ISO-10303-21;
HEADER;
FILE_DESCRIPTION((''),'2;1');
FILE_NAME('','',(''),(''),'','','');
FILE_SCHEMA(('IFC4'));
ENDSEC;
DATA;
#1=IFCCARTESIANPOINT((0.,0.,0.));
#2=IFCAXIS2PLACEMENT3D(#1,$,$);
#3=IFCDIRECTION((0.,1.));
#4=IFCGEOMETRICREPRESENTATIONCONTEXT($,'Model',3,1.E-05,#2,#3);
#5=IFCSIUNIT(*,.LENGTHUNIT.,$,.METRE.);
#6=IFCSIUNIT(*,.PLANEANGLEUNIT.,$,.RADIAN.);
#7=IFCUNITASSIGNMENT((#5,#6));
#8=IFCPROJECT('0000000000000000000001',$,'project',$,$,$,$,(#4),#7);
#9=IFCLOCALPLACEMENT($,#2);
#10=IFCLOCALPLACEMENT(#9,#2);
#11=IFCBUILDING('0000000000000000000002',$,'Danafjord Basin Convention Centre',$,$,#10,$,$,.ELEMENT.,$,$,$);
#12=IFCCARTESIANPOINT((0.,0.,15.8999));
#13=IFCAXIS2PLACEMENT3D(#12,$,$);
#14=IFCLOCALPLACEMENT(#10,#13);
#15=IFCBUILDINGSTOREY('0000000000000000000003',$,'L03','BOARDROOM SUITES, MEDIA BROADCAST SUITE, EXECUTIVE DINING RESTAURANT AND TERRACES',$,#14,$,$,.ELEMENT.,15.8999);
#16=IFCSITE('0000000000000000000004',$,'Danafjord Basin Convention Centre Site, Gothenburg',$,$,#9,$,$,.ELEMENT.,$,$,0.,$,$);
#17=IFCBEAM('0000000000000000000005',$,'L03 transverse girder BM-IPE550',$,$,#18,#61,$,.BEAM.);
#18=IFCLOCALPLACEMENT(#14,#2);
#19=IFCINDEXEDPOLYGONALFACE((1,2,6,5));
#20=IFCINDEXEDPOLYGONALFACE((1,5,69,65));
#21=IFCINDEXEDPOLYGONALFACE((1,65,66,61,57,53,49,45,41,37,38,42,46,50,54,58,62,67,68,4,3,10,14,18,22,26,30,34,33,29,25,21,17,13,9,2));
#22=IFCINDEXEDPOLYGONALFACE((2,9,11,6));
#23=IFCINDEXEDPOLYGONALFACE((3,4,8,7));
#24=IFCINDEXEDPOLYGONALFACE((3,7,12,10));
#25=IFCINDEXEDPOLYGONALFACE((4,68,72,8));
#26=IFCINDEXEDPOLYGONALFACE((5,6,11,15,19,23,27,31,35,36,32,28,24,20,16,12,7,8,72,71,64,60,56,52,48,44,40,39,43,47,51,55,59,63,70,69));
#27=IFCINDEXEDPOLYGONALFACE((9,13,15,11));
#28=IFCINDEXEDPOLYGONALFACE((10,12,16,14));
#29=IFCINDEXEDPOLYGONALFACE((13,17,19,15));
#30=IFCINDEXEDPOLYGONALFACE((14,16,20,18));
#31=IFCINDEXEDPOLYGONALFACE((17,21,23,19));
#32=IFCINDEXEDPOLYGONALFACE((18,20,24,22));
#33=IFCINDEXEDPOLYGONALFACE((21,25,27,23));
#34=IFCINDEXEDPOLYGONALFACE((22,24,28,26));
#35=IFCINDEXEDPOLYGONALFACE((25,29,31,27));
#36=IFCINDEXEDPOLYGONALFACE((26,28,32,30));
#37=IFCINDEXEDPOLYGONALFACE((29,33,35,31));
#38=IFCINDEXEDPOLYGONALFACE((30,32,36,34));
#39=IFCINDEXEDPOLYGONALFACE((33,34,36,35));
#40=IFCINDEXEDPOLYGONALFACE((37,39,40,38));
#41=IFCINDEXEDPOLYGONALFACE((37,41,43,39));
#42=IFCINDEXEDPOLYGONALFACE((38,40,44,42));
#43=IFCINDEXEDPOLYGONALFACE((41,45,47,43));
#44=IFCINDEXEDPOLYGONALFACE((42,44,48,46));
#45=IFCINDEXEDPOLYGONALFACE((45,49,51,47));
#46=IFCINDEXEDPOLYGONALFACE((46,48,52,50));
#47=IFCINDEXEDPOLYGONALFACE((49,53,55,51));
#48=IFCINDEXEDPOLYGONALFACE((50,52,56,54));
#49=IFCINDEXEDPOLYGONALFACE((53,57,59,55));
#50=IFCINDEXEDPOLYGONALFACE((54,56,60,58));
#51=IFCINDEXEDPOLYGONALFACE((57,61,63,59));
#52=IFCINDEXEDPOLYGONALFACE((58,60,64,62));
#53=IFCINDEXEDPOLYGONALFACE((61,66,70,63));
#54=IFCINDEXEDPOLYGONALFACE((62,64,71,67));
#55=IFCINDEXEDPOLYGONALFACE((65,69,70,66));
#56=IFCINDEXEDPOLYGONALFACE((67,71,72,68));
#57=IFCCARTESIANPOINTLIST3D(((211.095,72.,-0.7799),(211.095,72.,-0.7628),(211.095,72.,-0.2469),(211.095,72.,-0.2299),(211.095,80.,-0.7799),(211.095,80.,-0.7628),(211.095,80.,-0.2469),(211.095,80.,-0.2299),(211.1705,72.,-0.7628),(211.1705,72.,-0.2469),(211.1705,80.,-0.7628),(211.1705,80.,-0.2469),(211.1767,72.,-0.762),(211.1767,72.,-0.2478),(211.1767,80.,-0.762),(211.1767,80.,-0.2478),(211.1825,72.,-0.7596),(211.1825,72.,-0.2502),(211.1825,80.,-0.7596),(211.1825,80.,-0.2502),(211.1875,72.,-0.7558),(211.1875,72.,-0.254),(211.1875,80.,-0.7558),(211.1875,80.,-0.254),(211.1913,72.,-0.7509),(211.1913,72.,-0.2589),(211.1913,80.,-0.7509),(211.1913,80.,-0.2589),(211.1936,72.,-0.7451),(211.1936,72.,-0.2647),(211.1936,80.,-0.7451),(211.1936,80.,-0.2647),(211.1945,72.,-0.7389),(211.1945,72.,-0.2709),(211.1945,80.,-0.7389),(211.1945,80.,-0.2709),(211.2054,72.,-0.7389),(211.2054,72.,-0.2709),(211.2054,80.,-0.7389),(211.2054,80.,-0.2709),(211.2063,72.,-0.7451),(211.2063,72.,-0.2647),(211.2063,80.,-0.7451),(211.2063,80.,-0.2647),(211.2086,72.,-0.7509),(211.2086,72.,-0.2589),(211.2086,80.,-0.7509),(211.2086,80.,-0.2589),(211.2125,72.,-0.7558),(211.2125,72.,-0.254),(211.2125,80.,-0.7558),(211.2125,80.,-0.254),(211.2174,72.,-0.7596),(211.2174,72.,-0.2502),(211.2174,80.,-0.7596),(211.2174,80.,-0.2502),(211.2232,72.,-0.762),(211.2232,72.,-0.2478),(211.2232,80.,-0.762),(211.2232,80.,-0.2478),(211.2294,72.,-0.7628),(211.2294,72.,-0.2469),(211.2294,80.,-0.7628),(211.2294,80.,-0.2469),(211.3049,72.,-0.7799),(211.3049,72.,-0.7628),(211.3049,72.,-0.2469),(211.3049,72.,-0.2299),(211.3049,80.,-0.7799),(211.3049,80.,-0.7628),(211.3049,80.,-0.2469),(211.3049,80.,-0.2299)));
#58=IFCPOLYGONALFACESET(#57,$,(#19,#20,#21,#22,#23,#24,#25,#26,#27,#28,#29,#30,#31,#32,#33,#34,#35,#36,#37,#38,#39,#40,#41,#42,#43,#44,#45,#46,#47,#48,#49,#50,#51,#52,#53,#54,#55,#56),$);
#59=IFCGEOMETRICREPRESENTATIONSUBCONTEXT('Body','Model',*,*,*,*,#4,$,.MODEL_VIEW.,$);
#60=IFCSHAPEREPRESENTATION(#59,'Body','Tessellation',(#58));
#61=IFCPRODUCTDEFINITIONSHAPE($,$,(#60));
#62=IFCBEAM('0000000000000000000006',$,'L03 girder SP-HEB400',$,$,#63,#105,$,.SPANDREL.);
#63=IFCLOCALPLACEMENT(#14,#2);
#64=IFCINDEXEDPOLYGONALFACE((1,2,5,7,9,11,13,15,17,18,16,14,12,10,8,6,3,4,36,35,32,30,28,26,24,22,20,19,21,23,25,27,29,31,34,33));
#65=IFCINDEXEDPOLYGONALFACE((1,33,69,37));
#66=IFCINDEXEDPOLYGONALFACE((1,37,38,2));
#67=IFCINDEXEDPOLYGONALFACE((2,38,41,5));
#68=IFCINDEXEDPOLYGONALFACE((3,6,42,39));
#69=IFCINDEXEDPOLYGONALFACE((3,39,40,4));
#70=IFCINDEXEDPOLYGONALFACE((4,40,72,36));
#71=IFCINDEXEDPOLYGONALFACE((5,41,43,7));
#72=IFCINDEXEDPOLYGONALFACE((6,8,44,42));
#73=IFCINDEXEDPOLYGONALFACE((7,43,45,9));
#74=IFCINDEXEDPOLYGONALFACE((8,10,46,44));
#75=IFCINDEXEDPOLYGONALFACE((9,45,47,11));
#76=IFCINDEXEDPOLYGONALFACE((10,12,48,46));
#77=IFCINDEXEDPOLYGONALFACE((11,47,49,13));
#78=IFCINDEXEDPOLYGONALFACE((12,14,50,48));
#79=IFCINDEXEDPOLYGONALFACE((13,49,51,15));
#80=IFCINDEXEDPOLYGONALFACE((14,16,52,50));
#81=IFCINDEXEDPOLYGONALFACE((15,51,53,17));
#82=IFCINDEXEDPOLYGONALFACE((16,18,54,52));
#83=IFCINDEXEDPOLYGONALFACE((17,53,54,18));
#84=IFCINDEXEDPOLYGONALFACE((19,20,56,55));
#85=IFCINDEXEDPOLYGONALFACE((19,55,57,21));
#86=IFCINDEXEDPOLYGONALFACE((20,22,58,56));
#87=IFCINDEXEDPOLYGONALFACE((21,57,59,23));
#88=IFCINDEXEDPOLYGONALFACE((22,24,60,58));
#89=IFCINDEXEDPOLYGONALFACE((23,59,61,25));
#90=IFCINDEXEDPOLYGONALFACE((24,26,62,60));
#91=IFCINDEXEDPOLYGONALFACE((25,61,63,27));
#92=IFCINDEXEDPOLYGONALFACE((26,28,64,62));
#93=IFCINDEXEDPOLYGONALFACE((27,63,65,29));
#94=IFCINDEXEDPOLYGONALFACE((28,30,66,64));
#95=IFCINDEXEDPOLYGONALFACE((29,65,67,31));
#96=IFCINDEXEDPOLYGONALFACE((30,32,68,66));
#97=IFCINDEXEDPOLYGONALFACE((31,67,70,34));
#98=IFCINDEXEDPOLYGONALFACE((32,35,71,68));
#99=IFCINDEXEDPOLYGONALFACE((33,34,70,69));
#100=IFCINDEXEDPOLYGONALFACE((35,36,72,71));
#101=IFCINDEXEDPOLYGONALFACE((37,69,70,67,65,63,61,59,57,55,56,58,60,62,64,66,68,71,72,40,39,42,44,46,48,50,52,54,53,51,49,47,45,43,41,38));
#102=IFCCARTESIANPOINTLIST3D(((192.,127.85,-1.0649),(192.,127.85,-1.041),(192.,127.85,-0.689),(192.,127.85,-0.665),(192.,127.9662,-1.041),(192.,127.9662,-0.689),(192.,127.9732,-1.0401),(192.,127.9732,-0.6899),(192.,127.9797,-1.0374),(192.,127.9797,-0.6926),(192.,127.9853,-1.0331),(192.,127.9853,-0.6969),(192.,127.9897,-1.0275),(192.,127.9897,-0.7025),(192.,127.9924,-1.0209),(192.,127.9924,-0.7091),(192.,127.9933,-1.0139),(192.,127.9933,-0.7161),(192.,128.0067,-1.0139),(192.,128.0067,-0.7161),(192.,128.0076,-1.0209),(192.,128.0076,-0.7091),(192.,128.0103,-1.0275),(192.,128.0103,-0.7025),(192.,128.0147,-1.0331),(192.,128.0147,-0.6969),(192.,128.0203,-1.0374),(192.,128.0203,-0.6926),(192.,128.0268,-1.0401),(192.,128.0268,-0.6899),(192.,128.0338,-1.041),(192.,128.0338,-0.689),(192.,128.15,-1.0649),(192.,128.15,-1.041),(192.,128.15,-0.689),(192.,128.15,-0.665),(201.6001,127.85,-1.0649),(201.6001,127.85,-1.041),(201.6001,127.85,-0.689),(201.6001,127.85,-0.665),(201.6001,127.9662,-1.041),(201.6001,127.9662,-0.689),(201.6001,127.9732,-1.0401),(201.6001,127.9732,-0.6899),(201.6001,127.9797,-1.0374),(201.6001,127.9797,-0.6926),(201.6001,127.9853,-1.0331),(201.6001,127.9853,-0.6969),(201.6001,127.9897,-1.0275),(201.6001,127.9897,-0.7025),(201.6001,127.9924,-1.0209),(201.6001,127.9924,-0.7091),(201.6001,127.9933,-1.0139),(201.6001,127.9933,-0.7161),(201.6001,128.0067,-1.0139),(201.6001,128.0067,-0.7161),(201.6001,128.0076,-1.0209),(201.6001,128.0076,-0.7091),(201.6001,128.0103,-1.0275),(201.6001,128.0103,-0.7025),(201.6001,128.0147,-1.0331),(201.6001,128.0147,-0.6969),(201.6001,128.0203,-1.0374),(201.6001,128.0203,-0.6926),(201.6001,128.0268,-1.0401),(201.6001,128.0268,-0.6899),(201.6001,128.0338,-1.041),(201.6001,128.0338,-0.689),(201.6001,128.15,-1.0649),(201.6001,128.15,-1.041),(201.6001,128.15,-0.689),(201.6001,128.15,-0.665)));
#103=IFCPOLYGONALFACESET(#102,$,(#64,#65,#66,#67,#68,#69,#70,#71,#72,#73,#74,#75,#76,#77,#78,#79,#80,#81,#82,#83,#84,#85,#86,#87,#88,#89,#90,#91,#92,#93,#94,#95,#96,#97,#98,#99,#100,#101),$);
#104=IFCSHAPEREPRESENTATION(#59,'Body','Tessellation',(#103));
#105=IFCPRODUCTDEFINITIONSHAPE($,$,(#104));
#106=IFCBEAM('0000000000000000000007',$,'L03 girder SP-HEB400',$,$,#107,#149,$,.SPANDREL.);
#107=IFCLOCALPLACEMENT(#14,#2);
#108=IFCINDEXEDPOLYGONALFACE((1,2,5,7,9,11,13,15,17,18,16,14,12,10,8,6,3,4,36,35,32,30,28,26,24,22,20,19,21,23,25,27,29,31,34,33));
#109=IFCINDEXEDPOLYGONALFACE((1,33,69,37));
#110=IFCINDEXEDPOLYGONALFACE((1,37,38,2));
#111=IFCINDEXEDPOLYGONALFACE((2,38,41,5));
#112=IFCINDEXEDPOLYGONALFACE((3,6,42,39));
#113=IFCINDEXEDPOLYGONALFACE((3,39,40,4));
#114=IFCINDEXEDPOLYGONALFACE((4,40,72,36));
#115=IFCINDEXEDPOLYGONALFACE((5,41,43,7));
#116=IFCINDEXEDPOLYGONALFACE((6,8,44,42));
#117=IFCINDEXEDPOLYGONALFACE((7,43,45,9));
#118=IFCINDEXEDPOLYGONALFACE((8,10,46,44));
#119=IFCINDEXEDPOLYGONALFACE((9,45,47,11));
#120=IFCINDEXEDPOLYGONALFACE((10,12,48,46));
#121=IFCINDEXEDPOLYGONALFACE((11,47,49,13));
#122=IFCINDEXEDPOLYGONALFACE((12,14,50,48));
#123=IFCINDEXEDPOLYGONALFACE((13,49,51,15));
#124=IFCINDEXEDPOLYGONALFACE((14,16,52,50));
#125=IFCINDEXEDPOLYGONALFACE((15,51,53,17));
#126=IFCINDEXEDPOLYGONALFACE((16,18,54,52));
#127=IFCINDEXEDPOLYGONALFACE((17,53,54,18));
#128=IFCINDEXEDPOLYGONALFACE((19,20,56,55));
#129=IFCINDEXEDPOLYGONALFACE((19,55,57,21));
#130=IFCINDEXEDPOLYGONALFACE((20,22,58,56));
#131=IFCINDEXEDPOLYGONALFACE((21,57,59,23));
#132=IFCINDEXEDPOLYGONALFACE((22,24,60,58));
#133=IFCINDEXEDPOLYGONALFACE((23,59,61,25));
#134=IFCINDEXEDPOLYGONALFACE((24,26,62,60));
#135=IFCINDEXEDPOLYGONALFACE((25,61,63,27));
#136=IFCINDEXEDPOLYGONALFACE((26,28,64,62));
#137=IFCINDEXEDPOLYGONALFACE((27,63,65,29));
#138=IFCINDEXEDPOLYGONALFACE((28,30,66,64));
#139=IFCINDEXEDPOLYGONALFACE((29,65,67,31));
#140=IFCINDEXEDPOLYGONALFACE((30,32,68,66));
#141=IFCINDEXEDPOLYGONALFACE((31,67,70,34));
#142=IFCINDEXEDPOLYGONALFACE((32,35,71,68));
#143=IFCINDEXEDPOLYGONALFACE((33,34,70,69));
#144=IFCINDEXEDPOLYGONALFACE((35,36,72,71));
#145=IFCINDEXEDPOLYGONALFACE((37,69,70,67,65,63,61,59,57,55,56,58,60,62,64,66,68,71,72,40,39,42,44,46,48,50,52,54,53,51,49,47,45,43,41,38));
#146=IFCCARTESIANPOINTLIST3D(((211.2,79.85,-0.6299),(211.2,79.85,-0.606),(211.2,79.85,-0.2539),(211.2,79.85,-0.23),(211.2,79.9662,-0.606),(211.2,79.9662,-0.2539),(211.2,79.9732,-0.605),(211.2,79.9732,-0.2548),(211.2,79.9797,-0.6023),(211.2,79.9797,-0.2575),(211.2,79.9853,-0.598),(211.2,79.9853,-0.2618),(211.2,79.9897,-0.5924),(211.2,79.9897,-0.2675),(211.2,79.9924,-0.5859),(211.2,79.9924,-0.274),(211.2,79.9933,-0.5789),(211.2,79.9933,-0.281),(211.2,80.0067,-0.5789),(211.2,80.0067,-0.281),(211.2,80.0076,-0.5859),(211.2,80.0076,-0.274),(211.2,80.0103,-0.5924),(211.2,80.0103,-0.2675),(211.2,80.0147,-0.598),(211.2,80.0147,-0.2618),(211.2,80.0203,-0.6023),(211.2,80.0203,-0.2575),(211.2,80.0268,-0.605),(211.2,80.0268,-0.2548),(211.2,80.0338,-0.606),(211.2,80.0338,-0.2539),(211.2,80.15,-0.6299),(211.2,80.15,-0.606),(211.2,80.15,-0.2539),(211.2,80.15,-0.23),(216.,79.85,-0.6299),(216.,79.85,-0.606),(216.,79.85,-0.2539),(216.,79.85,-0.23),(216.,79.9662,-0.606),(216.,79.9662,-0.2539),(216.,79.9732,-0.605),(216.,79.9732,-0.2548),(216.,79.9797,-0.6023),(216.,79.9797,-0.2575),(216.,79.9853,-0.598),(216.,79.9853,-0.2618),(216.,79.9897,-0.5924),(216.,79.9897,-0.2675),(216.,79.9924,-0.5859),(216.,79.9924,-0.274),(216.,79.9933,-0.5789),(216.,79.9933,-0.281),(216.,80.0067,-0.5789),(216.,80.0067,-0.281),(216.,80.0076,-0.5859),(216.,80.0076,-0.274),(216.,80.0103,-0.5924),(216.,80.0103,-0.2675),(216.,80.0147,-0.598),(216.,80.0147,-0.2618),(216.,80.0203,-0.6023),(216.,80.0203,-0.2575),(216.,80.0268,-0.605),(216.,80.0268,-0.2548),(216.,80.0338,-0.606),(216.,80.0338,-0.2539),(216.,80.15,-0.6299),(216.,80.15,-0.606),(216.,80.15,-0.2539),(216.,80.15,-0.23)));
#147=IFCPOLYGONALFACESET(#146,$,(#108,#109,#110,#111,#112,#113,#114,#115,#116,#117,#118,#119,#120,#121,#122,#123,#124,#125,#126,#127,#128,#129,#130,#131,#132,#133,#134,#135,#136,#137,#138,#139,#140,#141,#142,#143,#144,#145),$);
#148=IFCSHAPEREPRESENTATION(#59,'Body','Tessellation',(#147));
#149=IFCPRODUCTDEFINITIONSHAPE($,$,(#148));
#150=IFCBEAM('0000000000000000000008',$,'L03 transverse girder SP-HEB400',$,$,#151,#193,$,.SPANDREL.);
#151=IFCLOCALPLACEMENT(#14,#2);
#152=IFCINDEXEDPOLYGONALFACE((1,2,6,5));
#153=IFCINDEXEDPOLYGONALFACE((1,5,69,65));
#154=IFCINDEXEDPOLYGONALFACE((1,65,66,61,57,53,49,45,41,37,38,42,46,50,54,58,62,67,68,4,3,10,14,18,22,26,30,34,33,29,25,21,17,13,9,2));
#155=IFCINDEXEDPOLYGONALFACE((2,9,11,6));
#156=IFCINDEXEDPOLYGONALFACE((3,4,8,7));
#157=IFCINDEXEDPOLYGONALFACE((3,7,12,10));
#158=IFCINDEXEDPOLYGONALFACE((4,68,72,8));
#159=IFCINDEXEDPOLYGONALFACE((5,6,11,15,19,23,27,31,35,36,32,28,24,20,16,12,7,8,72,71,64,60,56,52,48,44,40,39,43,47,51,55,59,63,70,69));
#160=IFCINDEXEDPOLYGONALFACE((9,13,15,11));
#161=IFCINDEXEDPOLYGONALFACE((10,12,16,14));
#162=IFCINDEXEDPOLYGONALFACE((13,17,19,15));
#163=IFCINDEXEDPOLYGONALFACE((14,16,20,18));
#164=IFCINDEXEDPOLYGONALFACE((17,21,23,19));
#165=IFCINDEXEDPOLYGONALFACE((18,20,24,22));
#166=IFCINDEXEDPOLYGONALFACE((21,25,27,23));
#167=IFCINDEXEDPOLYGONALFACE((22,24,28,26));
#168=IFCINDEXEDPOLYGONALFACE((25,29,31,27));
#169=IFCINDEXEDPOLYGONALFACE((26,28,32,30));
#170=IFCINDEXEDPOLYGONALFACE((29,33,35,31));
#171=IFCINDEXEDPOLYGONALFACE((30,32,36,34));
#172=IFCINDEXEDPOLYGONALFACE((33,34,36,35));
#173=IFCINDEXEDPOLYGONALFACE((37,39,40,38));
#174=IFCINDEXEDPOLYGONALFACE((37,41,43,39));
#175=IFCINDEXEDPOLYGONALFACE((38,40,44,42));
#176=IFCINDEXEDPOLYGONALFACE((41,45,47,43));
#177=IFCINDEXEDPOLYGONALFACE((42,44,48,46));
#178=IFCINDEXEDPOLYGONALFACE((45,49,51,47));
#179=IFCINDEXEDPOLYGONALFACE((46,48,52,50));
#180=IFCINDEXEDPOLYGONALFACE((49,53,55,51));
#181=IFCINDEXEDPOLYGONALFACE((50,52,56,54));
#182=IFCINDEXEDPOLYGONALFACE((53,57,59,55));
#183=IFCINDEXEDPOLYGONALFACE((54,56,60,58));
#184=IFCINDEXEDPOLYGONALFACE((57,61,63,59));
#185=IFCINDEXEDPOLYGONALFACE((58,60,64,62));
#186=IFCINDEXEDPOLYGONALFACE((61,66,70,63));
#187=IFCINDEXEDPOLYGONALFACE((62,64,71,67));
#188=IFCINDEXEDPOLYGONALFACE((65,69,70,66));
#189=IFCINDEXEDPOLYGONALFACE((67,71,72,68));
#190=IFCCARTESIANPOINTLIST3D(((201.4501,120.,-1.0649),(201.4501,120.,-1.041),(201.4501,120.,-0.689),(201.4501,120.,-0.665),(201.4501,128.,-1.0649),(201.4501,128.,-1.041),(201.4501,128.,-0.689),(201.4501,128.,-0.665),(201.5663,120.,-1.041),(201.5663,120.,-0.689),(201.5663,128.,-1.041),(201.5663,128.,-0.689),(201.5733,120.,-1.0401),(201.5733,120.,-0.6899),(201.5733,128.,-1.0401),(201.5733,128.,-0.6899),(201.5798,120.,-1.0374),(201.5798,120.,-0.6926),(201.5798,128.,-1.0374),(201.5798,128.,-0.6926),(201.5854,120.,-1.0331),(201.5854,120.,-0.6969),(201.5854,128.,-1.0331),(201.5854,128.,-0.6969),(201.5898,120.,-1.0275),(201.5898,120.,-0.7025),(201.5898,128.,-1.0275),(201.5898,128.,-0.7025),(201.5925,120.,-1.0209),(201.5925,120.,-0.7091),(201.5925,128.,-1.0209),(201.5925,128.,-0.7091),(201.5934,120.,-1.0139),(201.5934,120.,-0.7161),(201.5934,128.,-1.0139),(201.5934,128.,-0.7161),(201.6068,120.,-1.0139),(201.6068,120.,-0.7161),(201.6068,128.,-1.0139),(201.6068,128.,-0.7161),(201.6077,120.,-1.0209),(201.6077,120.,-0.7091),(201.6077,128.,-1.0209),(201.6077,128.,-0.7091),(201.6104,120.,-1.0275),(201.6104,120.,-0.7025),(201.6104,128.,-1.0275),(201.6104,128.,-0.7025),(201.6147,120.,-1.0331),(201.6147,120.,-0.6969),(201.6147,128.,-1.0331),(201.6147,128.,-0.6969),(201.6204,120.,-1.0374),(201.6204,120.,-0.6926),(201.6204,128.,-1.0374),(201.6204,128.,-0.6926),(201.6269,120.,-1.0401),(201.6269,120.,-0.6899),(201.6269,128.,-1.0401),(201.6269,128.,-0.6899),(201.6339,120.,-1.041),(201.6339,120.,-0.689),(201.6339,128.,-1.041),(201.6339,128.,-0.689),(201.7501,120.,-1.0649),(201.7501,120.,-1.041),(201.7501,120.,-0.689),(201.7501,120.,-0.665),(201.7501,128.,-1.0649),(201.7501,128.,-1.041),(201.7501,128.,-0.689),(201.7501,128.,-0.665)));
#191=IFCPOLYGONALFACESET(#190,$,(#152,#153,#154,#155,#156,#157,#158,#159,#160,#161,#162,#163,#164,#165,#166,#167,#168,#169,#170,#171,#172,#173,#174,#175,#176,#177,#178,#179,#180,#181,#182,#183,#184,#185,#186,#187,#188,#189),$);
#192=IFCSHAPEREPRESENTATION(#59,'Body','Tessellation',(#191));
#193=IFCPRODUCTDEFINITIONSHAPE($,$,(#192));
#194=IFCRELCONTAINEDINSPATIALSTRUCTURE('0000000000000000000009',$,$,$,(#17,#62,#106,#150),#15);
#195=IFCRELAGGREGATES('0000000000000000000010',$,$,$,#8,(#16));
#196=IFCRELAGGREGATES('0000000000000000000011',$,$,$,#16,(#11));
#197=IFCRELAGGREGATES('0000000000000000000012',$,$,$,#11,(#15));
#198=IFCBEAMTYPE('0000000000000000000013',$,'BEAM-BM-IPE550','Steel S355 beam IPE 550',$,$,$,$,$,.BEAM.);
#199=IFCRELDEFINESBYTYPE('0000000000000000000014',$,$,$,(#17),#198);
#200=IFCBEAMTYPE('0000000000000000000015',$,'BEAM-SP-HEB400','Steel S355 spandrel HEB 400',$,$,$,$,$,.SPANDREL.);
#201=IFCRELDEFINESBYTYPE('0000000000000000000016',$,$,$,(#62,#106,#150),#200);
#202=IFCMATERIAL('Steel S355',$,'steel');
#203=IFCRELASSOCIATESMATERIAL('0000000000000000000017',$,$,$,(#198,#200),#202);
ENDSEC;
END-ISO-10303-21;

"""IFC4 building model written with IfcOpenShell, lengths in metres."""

from ifc_helpers import new_model, si_unit, direction, frame, origin, origin_2d, place, context, subcontext, project, spatial, i_section, extrude, material, material_profile, profile_set, type_object, element, save


model = new_model("IFC4")

# Units and contexts
model_context = context("Model", 3, precision=1e-05, world=origin(), true_north=direction((0.0, 1.0)))
body_context = subcontext(model_context, "Body", "Model", "MODEL_VIEW")
ifc_project = project(units=[si_unit("LENGTHUNIT", "METRE"), si_unit("PLANEANGLEUNIT", "RADIAN")], contexts=[model_context])

# Site, building, storey
site_placement = place(None, origin())
site = spatial("IfcSite", under=ifc_project, at=site_placement, Name="Danafjord Basin Convention Centre Site, Gothenburg", CompositionType="ELEMENT", RefElevation=0.0)
building_placement = place(site_placement, origin())
building = spatial("IfcBuilding", under=site, at=building_placement, Name="Danafjord Basin Convention Centre", CompositionType="ELEMENT")
storey_placement = place(building_placement, frame((0.0, 0.0, 15.8999)))
storey = spatial("IfcBuildingStorey", under=building, at=storey_placement, Name="L03", Description="BOARDROOM SUITES, MEDIA BROADCAST SUITE, EXECUTIVE DINING RESTAURANT AND TERRACES", CompositionType="ELEMENT", Elevation=15.8999)

# Shared definitions
ifc_material_1 = material(Name="Steel S355", Category="steel")

# Beams
ifc_material_profile_1 = material_profile(ifc_material_1, i_section(OverallWidth=0.21, OverallDepth=0.55, WebThickness=0.011, FlangeThickness=0.0171, FilletRadius=0.0239, at=origin_2d()), Name="IPE 550")
ifc_profile_set_1 = profile_set([ifc_material_profile_1], Name="Steel S355")
beam_type_1 = type_object("IfcBeamType", Name="BEAM-BM-IPE550", Description="Steel S355 beam IPE 550", PredefinedType="BEAM", material=ifc_profile_set_1)
beam_1_placement = place(storey_placement, frame((211.2, 72.0, -0.5049), z_axis=(0.0, 1.0, 0.0), x_axis=(-1.0, 0.0, 0.0)))
element("IfcBeam", 1, at=beam_1_placement, inside=storey, type_object=beam_type_1, Name="L03 transverse girder BM-IPE550", PredefinedType="BEAM", context=body_context, shape_type="SweptSolid", body=[
    extrude(i_section(OverallWidth=0.21, OverallDepth=0.55, WebThickness=0.011, FlangeThickness=0.0171, FilletRadius=0.0239, at=origin_2d()), origin(), (0.0, 0.0, 1.0), 8.0),
])
ifc_material_profile_2 = material_profile(ifc_material_1, i_section(OverallWidth=0.3, OverallDepth=0.3999, WebThickness=0.0134, FlangeThickness=0.0239, FilletRadius=0.0271, at=origin_2d()), Name="HEB 400")
ifc_profile_set_2 = profile_set([ifc_material_profile_2], Name="Steel S355")
beam_type_2 = type_object("IfcBeamType", Name="BEAM-SP-HEB400", Description="Steel S355 spandrel HEB 400", PredefinedType="SPANDREL", material=ifc_profile_set_2)
beam_2_placement = place(storey_placement, frame((192.0, 128.0, -0.865), z_axis=(1.0, 0.0, 0.0), x_axis=(0.0, 1.0, 0.0)))
element("IfcBeam", 2, at=beam_2_placement, inside=storey, type_object=beam_type_2, Name="L03 girder SP-HEB400", PredefinedType="SPANDREL", context=body_context, shape_type="SweptSolid", body=[
    extrude(i_section(OverallWidth=0.3, OverallDepth=0.3999, WebThickness=0.0134, FlangeThickness=0.0239, FilletRadius=0.0271, at=origin_2d()), origin(), (0.0, 0.0, 1.0), 9.6001),
])
beam_3_placement = place(storey_placement, frame((211.2, 80.0, -0.4299), z_axis=(1.0, 0.0, 0.0), x_axis=(0.0, 1.0, 0.0)))
element("IfcBeam", 3, at=beam_3_placement, inside=storey, type_object=beam_type_2, Name="L03 girder SP-HEB400", PredefinedType="SPANDREL", context=body_context, shape_type="SweptSolid", body=[
    extrude(i_section(OverallWidth=0.3, OverallDepth=0.3999, WebThickness=0.0134, FlangeThickness=0.0239, FilletRadius=0.0271, at=origin_2d()), origin(), (0.0, 0.0, 1.0), 4.8),
])
for number, where, z_axis, x_axis, name in (
    (4, (201.6001, 120.0, -0.865), (0.0, 1.0, 0.0), (-1.0, 0.0, 0.0), "L03 transverse girder SP-HEB400"),
):
    element("IfcBeam", number, at=place(storey_placement, frame(where, z_axis=z_axis, x_axis=x_axis)), inside=storey, type_object=beam_type_2, Name=name, PredefinedType="SPANDREL", context=body_context, shape_type="SweptSolid", body=[
        extrude(i_section(OverallWidth=0.3, OverallDepth=0.3999, WebThickness=0.0134, FlangeThickness=0.0239, FilletRadius=0.0271, at=origin_2d()), origin(), (0.0, 0.0, 1.0), 8.0),
    ])

save(model, "model.ifc")
